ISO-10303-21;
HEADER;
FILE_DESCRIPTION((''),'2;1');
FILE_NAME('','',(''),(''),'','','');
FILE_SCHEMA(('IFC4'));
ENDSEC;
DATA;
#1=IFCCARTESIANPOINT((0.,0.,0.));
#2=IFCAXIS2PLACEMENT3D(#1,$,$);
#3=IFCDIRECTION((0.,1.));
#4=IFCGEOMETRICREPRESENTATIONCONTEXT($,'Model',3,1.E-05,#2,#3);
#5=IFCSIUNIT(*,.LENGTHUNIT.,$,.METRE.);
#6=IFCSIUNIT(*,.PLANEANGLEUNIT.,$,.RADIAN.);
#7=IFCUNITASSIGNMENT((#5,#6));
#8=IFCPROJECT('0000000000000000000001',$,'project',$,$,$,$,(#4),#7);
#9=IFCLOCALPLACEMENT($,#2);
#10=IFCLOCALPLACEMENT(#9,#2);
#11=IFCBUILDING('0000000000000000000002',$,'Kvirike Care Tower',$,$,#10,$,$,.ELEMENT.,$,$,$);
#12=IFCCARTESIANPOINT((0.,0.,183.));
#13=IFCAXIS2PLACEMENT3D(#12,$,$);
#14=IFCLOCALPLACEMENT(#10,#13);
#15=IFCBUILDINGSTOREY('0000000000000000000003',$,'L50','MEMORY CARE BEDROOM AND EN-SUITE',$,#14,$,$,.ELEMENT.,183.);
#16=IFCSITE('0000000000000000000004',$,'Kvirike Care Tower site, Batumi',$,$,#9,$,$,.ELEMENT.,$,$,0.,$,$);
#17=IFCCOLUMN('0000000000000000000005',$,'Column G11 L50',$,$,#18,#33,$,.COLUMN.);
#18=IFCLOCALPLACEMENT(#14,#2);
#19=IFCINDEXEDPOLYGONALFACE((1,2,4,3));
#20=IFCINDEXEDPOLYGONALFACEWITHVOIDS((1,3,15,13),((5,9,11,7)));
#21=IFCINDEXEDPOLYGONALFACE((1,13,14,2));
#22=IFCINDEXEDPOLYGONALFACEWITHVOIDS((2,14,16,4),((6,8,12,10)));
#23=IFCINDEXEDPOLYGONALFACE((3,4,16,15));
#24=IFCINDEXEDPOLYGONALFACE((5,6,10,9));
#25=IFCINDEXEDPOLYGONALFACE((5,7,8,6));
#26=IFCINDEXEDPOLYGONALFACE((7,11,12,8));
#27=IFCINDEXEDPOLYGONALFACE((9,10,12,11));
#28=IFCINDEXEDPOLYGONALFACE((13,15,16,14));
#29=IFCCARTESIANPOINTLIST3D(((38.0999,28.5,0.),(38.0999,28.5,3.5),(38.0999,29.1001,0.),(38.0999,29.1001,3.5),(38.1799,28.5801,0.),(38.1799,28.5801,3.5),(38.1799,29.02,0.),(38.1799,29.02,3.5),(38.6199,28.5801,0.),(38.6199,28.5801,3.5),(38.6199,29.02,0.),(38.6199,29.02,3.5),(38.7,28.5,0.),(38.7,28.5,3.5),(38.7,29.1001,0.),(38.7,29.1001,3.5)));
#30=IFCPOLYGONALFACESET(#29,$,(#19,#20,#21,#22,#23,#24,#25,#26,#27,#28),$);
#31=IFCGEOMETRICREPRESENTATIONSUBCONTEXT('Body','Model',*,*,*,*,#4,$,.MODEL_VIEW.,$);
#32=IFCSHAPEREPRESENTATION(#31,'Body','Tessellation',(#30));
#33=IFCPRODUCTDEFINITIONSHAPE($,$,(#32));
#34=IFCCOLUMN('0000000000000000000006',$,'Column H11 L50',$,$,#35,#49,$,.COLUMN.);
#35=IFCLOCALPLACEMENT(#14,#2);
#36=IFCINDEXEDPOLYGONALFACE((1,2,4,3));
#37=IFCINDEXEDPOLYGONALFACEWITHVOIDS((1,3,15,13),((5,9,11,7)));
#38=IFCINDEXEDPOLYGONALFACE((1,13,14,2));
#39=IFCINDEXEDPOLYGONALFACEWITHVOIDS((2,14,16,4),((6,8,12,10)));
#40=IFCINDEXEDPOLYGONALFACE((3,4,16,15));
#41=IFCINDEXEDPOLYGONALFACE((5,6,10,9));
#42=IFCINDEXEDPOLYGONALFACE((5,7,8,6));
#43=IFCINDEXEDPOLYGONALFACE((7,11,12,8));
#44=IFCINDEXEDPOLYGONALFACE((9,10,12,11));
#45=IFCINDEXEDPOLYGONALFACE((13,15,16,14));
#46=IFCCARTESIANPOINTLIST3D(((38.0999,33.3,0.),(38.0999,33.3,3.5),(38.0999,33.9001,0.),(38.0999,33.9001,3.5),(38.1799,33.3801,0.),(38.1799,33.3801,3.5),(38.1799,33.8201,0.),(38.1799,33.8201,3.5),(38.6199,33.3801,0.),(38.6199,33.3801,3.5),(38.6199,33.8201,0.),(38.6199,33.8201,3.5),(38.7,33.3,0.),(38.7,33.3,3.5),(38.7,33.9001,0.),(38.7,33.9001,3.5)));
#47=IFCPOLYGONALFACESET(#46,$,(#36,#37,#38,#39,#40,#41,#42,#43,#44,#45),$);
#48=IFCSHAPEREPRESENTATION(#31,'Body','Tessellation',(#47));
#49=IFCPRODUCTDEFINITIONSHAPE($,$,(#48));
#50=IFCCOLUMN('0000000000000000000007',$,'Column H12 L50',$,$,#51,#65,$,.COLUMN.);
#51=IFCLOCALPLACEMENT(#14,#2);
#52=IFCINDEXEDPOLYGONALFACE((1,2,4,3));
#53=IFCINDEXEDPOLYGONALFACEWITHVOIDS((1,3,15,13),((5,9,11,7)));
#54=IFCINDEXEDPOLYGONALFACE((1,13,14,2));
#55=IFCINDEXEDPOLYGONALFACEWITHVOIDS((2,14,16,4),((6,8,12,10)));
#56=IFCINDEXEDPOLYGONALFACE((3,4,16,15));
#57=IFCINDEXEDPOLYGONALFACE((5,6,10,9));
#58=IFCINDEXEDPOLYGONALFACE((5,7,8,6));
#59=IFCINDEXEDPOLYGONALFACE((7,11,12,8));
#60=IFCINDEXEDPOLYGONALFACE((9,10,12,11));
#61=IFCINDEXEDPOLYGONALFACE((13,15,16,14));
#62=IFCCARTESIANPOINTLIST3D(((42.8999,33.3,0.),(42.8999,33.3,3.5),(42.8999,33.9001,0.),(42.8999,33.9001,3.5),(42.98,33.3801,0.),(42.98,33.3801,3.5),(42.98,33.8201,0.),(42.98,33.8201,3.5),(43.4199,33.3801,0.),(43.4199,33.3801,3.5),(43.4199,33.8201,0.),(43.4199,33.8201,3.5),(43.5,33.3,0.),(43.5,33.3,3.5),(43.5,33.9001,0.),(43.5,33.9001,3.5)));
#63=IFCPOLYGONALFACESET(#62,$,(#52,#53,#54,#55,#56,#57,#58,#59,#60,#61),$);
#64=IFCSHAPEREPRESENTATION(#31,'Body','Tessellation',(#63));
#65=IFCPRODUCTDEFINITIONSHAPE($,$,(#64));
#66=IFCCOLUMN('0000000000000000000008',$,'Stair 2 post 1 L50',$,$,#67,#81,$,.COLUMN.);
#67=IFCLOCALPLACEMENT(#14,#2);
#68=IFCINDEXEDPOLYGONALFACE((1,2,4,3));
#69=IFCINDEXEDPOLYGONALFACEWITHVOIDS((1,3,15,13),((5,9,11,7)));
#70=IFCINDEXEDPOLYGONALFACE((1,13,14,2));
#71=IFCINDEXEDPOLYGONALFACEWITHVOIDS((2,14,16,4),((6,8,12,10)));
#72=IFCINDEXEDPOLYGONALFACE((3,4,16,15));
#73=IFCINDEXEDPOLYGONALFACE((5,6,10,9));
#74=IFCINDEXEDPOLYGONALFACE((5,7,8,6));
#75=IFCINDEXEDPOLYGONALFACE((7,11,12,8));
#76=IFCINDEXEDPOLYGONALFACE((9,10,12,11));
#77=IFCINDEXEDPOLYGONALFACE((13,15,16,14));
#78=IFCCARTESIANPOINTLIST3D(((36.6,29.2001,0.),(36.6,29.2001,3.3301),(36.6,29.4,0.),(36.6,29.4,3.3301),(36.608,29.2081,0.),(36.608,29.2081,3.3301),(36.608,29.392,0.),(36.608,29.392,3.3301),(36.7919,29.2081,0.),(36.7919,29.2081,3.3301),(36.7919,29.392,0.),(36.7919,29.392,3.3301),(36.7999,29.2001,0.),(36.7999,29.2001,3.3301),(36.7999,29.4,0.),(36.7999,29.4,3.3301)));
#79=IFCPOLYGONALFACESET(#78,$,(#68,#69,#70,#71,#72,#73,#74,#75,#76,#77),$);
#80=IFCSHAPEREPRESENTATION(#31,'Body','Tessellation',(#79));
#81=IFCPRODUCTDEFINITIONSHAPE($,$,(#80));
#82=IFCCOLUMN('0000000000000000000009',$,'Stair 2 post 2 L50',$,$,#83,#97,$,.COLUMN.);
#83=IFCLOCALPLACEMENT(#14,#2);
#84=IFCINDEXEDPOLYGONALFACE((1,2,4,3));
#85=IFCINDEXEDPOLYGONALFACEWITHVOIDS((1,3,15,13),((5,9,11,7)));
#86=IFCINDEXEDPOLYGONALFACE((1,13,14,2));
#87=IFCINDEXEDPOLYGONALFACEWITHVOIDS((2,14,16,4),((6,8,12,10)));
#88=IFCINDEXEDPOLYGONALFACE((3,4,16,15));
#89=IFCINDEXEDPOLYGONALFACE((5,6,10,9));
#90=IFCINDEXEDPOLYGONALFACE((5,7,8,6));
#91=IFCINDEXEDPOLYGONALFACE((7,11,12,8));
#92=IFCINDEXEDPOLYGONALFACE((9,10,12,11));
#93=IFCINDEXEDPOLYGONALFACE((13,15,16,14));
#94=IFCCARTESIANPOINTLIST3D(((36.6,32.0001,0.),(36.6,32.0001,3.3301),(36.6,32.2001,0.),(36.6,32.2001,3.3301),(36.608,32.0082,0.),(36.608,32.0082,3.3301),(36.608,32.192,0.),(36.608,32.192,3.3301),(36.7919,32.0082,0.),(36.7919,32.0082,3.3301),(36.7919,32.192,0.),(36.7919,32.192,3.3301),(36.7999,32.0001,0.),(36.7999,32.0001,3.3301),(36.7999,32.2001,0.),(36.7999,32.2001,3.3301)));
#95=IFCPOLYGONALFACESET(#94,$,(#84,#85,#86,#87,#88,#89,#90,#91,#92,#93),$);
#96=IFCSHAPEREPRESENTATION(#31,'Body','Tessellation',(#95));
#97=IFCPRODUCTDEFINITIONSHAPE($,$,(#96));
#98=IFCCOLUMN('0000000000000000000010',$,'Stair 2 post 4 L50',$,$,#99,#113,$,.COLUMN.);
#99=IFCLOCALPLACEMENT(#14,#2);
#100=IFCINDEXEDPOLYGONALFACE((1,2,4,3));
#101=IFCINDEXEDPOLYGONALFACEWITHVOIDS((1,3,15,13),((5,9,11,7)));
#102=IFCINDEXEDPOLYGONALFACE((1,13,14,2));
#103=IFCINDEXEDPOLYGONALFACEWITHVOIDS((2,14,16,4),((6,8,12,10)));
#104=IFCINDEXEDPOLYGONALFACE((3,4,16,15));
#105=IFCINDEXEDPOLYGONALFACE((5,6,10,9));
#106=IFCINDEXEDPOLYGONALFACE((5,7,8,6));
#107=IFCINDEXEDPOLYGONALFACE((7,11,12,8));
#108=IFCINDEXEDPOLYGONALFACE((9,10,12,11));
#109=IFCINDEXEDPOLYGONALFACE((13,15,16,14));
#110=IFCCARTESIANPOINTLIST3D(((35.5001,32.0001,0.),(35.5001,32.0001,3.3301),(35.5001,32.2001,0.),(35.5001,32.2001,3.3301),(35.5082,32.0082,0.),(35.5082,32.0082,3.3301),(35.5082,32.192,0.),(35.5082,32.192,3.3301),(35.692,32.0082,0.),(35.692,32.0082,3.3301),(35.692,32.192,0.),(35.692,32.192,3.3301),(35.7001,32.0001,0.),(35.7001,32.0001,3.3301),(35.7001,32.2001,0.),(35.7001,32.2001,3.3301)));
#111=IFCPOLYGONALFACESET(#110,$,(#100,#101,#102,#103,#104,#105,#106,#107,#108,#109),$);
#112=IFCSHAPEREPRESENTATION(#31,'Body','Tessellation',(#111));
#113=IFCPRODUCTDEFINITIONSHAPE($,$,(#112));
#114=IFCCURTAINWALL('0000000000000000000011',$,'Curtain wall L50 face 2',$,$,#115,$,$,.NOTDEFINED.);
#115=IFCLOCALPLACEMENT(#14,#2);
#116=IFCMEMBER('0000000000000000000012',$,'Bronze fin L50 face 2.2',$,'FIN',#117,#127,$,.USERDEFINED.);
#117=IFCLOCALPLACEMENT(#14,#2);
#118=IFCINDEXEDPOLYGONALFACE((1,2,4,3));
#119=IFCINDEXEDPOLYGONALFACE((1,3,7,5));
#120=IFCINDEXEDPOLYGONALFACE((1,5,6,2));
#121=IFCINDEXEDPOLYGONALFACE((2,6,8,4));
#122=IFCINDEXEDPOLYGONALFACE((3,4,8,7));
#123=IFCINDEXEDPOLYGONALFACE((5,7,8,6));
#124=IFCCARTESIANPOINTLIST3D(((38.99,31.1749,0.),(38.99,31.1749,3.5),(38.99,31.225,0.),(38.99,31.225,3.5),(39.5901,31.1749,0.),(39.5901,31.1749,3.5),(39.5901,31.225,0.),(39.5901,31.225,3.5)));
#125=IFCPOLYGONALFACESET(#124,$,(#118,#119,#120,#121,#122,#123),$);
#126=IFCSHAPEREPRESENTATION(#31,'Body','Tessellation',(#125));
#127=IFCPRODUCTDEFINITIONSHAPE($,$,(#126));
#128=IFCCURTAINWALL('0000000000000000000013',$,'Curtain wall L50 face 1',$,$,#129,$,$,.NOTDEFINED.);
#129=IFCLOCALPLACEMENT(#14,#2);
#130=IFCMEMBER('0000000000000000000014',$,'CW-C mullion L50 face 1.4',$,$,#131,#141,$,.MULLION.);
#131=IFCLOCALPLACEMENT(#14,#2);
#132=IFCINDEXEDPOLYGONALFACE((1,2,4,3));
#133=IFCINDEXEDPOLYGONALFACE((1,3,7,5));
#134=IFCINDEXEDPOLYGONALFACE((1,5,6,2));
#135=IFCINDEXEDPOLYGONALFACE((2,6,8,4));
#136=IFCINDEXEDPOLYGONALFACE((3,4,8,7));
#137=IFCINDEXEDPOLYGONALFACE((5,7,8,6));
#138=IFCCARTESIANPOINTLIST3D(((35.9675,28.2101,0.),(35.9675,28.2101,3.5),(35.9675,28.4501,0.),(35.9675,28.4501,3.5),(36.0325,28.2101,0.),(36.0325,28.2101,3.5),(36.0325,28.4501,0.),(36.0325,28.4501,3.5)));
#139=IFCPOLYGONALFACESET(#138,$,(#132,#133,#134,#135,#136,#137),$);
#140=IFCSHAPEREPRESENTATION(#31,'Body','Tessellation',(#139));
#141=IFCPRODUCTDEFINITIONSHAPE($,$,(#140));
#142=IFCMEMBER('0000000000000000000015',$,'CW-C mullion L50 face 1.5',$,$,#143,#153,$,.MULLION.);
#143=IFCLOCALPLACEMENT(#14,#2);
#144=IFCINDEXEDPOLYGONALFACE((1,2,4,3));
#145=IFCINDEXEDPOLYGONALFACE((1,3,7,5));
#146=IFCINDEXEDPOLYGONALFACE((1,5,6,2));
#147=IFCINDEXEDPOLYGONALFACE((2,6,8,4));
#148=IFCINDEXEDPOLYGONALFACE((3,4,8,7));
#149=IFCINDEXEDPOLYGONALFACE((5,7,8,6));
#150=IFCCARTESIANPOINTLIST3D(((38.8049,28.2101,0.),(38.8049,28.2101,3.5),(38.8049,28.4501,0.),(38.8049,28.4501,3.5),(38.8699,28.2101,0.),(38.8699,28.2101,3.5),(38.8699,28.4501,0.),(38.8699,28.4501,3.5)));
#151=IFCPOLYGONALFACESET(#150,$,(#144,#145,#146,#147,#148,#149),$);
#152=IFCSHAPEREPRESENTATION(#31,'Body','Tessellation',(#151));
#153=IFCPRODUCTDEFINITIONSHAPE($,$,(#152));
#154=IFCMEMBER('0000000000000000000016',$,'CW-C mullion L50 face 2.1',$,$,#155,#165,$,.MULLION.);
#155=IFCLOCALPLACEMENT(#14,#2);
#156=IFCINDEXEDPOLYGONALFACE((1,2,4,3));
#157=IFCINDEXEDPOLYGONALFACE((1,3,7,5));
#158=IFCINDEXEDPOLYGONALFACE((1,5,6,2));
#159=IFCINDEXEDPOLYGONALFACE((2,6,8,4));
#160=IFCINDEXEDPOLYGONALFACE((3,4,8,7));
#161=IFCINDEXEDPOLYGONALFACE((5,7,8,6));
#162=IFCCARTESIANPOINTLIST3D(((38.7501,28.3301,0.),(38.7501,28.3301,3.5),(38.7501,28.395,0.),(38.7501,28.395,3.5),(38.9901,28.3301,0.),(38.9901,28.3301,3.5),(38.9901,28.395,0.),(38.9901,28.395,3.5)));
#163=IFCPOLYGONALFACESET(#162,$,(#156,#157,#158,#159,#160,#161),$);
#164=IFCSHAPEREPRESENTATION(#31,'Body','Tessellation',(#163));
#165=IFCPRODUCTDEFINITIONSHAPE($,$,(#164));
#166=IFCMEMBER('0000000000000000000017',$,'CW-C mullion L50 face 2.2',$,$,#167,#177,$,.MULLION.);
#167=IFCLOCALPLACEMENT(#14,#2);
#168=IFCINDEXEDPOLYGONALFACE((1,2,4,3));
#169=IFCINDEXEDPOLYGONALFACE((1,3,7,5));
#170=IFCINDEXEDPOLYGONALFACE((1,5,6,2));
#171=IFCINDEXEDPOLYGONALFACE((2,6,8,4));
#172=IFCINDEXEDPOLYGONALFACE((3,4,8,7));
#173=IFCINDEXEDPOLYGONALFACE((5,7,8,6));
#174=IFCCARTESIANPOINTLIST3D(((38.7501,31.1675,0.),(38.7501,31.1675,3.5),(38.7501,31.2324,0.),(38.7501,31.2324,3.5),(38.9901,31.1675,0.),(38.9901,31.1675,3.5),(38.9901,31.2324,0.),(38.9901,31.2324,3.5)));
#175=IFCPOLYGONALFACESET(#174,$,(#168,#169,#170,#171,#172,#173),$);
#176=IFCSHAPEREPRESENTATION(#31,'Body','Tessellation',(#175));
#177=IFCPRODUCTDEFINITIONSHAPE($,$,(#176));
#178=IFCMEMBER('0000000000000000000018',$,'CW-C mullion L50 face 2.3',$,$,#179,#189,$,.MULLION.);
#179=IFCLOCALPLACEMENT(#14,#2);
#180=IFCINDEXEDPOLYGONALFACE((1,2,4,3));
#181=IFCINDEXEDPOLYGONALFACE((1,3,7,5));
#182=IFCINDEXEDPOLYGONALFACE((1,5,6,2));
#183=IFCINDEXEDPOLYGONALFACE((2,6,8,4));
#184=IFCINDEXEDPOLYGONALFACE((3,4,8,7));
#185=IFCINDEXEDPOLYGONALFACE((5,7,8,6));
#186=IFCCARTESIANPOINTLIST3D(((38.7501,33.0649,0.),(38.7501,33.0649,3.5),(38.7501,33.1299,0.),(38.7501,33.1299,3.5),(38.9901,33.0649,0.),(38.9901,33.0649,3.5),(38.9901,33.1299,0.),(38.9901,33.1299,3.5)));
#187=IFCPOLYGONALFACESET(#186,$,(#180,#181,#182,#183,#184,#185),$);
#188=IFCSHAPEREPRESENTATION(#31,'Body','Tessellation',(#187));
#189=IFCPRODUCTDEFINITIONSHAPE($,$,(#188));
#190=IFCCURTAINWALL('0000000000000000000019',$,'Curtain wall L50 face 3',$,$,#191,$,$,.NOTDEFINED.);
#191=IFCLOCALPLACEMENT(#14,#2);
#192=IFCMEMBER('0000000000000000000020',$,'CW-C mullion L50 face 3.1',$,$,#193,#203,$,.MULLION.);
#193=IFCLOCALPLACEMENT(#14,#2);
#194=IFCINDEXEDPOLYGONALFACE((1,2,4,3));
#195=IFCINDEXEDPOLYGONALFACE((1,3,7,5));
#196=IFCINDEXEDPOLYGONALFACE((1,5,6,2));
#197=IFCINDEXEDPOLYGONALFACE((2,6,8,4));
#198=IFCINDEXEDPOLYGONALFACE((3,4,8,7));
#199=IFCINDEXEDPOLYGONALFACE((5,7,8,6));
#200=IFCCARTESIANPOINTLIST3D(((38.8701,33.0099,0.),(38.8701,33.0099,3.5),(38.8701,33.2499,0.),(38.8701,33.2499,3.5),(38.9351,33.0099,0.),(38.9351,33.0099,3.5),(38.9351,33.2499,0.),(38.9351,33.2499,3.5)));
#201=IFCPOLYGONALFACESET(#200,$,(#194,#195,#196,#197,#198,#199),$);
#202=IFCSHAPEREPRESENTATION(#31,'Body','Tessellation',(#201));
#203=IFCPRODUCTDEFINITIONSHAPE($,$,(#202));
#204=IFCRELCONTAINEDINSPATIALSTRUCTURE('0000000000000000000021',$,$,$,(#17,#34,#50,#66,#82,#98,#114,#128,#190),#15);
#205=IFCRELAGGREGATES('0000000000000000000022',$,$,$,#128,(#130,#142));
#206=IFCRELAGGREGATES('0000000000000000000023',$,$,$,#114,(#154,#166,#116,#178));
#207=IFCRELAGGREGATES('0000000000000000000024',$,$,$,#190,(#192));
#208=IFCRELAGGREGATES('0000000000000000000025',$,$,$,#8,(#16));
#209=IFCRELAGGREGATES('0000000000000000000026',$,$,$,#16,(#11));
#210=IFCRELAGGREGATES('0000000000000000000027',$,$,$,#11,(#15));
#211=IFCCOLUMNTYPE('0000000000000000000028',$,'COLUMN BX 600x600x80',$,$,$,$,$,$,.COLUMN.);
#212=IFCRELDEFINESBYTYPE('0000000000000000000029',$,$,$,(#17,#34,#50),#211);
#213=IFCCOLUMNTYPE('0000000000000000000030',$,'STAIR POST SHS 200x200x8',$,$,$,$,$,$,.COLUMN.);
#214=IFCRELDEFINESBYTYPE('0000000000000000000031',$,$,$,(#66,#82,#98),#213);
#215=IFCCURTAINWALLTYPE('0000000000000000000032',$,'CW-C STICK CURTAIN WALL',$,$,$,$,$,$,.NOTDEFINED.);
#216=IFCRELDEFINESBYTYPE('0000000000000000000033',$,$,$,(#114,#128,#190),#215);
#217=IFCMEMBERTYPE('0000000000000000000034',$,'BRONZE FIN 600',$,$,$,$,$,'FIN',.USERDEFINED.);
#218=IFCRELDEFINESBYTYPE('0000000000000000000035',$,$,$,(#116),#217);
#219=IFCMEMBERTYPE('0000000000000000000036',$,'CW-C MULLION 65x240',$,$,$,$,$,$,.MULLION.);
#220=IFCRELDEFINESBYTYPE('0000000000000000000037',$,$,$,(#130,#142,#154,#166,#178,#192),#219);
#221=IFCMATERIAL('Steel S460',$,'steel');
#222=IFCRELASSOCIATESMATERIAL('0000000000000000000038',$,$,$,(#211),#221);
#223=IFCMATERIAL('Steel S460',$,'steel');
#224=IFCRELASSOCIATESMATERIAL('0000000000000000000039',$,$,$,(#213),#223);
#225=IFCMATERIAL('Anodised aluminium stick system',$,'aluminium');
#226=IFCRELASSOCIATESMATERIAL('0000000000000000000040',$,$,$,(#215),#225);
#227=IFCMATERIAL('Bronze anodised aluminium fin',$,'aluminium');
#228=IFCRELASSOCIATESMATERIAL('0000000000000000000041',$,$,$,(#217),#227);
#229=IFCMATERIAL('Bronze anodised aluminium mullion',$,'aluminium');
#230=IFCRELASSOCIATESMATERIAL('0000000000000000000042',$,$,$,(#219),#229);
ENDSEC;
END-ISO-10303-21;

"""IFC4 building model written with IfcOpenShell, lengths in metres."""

from ifc_helpers import new_model, si_unit, direction, frame, origin, origin_2d, place, context, subcontext, project, spatial, rectangle, hollow_rectangle, extrude, material, material_profile, profile_set, type_object, element, aggregate, save


model = new_model("IFC4")

# Units and contexts
model_context = context("Model", 3, precision=1e-05, world=origin(), true_north=direction((0.0, 1.0)))
body_context = subcontext(model_context, "Body", "Model", "MODEL_VIEW")
ifc_project = project(units=[si_unit("LENGTHUNIT", "METRE"), si_unit("PLANEANGLEUNIT", "RADIAN")], contexts=[model_context])

# Site, building, storey
site_placement = place(None, origin())
site = spatial("IfcSite", under=ifc_project, at=site_placement, Name="Kvirike Care Tower site, Batumi", CompositionType="ELEMENT", RefElevation=0.0)
building_placement = place(site_placement, origin())
building = spatial("IfcBuilding", under=site, at=building_placement, Name="Kvirike Care Tower", CompositionType="ELEMENT")
storey_placement = place(building_placement, frame((0.0, 0.0, 183.0)))
storey = spatial("IfcBuildingStorey", under=building, at=storey_placement, Name="L50", Description="MEMORY CARE BEDROOM AND EN-SUITE", CompositionType="ELEMENT", Elevation=183.0)

# Columns
ifc_material_1 = material(Name="Steel S460", Category="steel")
ifc_material_profile_1 = material_profile(ifc_material_1, hollow_rectangle(XDim=0.6001, YDim=0.6001, WallThickness=0.0801, at=origin_2d()), Name="BX 600x600x80")
ifc_profile_set_1 = profile_set([ifc_material_profile_1], Name="Steel S460")
column_type_1 = type_object("IfcColumnType", Name="COLUMN BX 600x600x80", PredefinedType="COLUMN", material=ifc_profile_set_1)
for number, where, z_axis, x_axis, name in (
    (1, (38.3999, 28.8, 0.0), (0.0, 0.0, 1.0), (0.0, 1.0, 0.0), "Column G11 L50"),
    (2, (38.3999, 33.6001, 0.0), (0.0, 0.0, 1.0), (0.0, 1.0, 0.0), "Column H11 L50"),
    (3, (43.2, 33.6001, 0.0), (0.0, 0.0, 1.0), (0.0, 1.0, 0.0), "Column H12 L50"),
):
    element("IfcColumn", number, at=place(storey_placement, frame(where, z_axis=z_axis, x_axis=x_axis)), inside=storey, type_object=column_type_1, Name=name, PredefinedType="COLUMN", context=body_context, shape_type="SweptSolid", body=[
        extrude(hollow_rectangle(XDim=0.6001, YDim=0.6001, WallThickness=0.0801, at=origin_2d()), origin(), (0.0, 0.0, 1.0), 3.5),
    ])
ifc_material_2 = material(Name="Steel S460", Category="steel")
ifc_material_profile_2 = material_profile(ifc_material_2, hollow_rectangle(XDim=0.2, YDim=0.2, WallThickness=0.0081, at=origin_2d()), Name="SHS 200x200x8")
ifc_profile_set_2 = profile_set([ifc_material_profile_2], Name="Steel S460")
column_type_2 = type_object("IfcColumnType", Name="STAIR POST SHS 200x200x8", PredefinedType="COLUMN", material=ifc_profile_set_2)
for number, where, z_axis, x_axis, name in (
    (4, (36.7, 29.3, 0.0), (0.0, 0.0, 1.0), (1.0, 0.0, 0.0), "Stair 2 post 1 L50"),
    (5, (36.7, 32.1001, 0.0), (0.0, 0.0, 1.0), (1.0, 0.0, 0.0), "Stair 2 post 2 L50"),
    (6, (35.6001, 32.1001, 0.0), (0.0, 0.0, 1.0), (1.0, 0.0, 0.0), "Stair 2 post 4 L50"),
):
    element("IfcColumn", number, at=place(storey_placement, frame(where, z_axis=z_axis, x_axis=x_axis)), inside=storey, type_object=column_type_2, Name=name, PredefinedType="COLUMN", context=body_context, shape_type="SweptSolid", body=[
        extrude(hollow_rectangle(XDim=0.2, YDim=0.2, WallThickness=0.0081, at=origin_2d()), origin(), (0.0, 0.0, 1.0), 3.3301),
    ])

# Curtain wall, member
ifc_material_3 = material(Name="Anodised aluminium stick system", Category="aluminium")
curtain_wall_type = type_object("IfcCurtainWallType", Name="CW-C STICK CURTAIN WALL", PredefinedType="NOTDEFINED", material=ifc_material_3)
curtain_wall_1_placement = place(storey_placement, origin())
curtain_wall_1 = element("IfcCurtainWall", 7, at=curtain_wall_1_placement, inside=storey, type_object=curtain_wall_type, Name="Curtain wall L50 face 2", PredefinedType="NOTDEFINED")
ifc_material_4 = material(Name="Bronze anodised aluminium fin", Category="aluminium")
ifc_material_profile_3 = material_profile(ifc_material_4, rectangle(XDim=0.05, YDim=0.6001, at=origin_2d()), Name="BRONZE FIN 600")
ifc_profile_set_3 = profile_set([ifc_material_profile_3], Name="Bronze anodised aluminium fin")
member_type_1 = type_object("IfcMemberType", Name="BRONZE FIN 600", ElementType="FIN", PredefinedType="USERDEFINED", material=ifc_profile_set_3)
member_1_placement = place(storey_placement, frame((39.29, 31.2, 0.0), z_axis=(0.0, 0.0, 1.0), x_axis=(0.0, 1.0, 0.0)))
member_1 = element("IfcMember", 8, at=member_1_placement, type_object=member_type_1, Name="Bronze fin L50 face 2.2", ObjectType="FIN", PredefinedType="USERDEFINED", context=body_context, shape_type="SweptSolid", body=[
    extrude(rectangle(XDim=0.05, YDim=0.6001, at=origin_2d()), origin(), (0.0, 0.0, 1.0), 3.5),
])

# Curtain wall, members
curtain_wall_2_placement = place(storey_placement, origin())
curtain_wall_2 = element("IfcCurtainWall", 9, at=curtain_wall_2_placement, inside=storey, type_object=curtain_wall_type, Name="Curtain wall L50 face 1", PredefinedType="NOTDEFINED")
ifc_material_5 = material(Name="Bronze anodised aluminium mullion", Category="aluminium")
ifc_material_profile_4 = material_profile(ifc_material_5, rectangle(XDim=0.0649, YDim=0.24, at=origin_2d()), Name="CW-C MULLION 65x240")
ifc_profile_set_4 = profile_set([ifc_material_profile_4], Name="Bronze anodised aluminium mullion")
member_type_2 = type_object("IfcMemberType", Name="CW-C MULLION 65x240", PredefinedType="MULLION", material=ifc_profile_set_4)
member_2_placement = place(storey_placement, frame((36.0, 28.3301, 0.0), z_axis=(0.0, 0.0, 1.0), x_axis=(1.0, 0.0, 0.0)))
member_2 = element("IfcMember", 10, at=member_2_placement, type_object=member_type_2, Name="CW-C mullion L50 face 1.4", PredefinedType="MULLION", context=body_context, shape_type="SweptSolid", body=[
    extrude(rectangle(XDim=0.0649, YDim=0.24, at=origin_2d()), origin(), (0.0, 0.0, 1.0), 3.5),
])
member_3_placement = place(storey_placement, frame((38.8374, 28.3301, 0.0), z_axis=(0.0, 0.0, 1.0), x_axis=(1.0, 0.0, 0.0)))
member_3 = element("IfcMember", 11, at=member_3_placement, type_object=member_type_2, Name="CW-C mullion L50 face 1.5", PredefinedType="MULLION", context=body_context, shape_type="SweptSolid", body=[
    extrude(rectangle(XDim=0.0649, YDim=0.24, at=origin_2d()), origin(), (0.0, 0.0, 1.0), 3.5),
])

# Members
member_4_placement = place(storey_placement, frame((38.8701, 28.3625, 0.0), z_axis=(0.0, 0.0, 1.0), x_axis=(0.0, 1.0, 0.0)))
member_4 = element("IfcMember", 12, at=member_4_placement, type_object=member_type_2, Name="CW-C mullion L50 face 2.1", PredefinedType="MULLION", context=body_context, shape_type="SweptSolid", body=[
    extrude(rectangle(XDim=0.0649, YDim=0.24, at=origin_2d()), origin(), (0.0, 0.0, 1.0), 3.5),
])
member_5_placement = place(storey_placement, frame((38.8701, 31.2, 0.0), z_axis=(0.0, 0.0, 1.0), x_axis=(0.0, 1.0, 0.0)))
member_5 = element("IfcMember", 13, at=member_5_placement, type_object=member_type_2, Name="CW-C mullion L50 face 2.2", PredefinedType="MULLION", context=body_context, shape_type="SweptSolid", body=[
    extrude(rectangle(XDim=0.0649, YDim=0.24, at=origin_2d()), origin(), (0.0, 0.0, 1.0), 3.5),
])
member_6_placement = place(storey_placement, frame((38.8701, 33.0974, 0.0), z_axis=(0.0, 0.0, 1.0), x_axis=(0.0, 1.0, 0.0)))
member_6 = element("IfcMember", 14, at=member_6_placement, type_object=member_type_2, Name="CW-C mullion L50 face 2.3", PredefinedType="MULLION", context=body_context, shape_type="SweptSolid", body=[
    extrude(rectangle(XDim=0.0649, YDim=0.24, at=origin_2d()), origin(), (0.0, 0.0, 1.0), 3.5),
])

# Curtain wall, member
curtain_wall_3_placement = place(storey_placement, origin())
curtain_wall_3 = element("IfcCurtainWall", 15, at=curtain_wall_3_placement, inside=storey, type_object=curtain_wall_type, Name="Curtain wall L50 face 3", PredefinedType="NOTDEFINED")
member_7_placement = place(storey_placement, frame((38.9026, 33.1299, 0.0), z_axis=(0.0, 0.0, 1.0), x_axis=(1.0, 0.0, 0.0)))
member_7 = element("IfcMember", 16, at=member_7_placement, type_object=member_type_2, Name="CW-C mullion L50 face 3.1", PredefinedType="MULLION", context=body_context, shape_type="SweptSolid", body=[
    extrude(rectangle(XDim=0.0649, YDim=0.24, at=origin_2d()), origin(), (0.0, 0.0, 1.0), 3.5),
])

aggregate(curtain_wall_2, [member_2, member_3])
aggregate(curtain_wall_1, [member_4, member_5, member_1, member_6])
aggregate(curtain_wall_3, [member_7])

save(model, "model.ifc")
